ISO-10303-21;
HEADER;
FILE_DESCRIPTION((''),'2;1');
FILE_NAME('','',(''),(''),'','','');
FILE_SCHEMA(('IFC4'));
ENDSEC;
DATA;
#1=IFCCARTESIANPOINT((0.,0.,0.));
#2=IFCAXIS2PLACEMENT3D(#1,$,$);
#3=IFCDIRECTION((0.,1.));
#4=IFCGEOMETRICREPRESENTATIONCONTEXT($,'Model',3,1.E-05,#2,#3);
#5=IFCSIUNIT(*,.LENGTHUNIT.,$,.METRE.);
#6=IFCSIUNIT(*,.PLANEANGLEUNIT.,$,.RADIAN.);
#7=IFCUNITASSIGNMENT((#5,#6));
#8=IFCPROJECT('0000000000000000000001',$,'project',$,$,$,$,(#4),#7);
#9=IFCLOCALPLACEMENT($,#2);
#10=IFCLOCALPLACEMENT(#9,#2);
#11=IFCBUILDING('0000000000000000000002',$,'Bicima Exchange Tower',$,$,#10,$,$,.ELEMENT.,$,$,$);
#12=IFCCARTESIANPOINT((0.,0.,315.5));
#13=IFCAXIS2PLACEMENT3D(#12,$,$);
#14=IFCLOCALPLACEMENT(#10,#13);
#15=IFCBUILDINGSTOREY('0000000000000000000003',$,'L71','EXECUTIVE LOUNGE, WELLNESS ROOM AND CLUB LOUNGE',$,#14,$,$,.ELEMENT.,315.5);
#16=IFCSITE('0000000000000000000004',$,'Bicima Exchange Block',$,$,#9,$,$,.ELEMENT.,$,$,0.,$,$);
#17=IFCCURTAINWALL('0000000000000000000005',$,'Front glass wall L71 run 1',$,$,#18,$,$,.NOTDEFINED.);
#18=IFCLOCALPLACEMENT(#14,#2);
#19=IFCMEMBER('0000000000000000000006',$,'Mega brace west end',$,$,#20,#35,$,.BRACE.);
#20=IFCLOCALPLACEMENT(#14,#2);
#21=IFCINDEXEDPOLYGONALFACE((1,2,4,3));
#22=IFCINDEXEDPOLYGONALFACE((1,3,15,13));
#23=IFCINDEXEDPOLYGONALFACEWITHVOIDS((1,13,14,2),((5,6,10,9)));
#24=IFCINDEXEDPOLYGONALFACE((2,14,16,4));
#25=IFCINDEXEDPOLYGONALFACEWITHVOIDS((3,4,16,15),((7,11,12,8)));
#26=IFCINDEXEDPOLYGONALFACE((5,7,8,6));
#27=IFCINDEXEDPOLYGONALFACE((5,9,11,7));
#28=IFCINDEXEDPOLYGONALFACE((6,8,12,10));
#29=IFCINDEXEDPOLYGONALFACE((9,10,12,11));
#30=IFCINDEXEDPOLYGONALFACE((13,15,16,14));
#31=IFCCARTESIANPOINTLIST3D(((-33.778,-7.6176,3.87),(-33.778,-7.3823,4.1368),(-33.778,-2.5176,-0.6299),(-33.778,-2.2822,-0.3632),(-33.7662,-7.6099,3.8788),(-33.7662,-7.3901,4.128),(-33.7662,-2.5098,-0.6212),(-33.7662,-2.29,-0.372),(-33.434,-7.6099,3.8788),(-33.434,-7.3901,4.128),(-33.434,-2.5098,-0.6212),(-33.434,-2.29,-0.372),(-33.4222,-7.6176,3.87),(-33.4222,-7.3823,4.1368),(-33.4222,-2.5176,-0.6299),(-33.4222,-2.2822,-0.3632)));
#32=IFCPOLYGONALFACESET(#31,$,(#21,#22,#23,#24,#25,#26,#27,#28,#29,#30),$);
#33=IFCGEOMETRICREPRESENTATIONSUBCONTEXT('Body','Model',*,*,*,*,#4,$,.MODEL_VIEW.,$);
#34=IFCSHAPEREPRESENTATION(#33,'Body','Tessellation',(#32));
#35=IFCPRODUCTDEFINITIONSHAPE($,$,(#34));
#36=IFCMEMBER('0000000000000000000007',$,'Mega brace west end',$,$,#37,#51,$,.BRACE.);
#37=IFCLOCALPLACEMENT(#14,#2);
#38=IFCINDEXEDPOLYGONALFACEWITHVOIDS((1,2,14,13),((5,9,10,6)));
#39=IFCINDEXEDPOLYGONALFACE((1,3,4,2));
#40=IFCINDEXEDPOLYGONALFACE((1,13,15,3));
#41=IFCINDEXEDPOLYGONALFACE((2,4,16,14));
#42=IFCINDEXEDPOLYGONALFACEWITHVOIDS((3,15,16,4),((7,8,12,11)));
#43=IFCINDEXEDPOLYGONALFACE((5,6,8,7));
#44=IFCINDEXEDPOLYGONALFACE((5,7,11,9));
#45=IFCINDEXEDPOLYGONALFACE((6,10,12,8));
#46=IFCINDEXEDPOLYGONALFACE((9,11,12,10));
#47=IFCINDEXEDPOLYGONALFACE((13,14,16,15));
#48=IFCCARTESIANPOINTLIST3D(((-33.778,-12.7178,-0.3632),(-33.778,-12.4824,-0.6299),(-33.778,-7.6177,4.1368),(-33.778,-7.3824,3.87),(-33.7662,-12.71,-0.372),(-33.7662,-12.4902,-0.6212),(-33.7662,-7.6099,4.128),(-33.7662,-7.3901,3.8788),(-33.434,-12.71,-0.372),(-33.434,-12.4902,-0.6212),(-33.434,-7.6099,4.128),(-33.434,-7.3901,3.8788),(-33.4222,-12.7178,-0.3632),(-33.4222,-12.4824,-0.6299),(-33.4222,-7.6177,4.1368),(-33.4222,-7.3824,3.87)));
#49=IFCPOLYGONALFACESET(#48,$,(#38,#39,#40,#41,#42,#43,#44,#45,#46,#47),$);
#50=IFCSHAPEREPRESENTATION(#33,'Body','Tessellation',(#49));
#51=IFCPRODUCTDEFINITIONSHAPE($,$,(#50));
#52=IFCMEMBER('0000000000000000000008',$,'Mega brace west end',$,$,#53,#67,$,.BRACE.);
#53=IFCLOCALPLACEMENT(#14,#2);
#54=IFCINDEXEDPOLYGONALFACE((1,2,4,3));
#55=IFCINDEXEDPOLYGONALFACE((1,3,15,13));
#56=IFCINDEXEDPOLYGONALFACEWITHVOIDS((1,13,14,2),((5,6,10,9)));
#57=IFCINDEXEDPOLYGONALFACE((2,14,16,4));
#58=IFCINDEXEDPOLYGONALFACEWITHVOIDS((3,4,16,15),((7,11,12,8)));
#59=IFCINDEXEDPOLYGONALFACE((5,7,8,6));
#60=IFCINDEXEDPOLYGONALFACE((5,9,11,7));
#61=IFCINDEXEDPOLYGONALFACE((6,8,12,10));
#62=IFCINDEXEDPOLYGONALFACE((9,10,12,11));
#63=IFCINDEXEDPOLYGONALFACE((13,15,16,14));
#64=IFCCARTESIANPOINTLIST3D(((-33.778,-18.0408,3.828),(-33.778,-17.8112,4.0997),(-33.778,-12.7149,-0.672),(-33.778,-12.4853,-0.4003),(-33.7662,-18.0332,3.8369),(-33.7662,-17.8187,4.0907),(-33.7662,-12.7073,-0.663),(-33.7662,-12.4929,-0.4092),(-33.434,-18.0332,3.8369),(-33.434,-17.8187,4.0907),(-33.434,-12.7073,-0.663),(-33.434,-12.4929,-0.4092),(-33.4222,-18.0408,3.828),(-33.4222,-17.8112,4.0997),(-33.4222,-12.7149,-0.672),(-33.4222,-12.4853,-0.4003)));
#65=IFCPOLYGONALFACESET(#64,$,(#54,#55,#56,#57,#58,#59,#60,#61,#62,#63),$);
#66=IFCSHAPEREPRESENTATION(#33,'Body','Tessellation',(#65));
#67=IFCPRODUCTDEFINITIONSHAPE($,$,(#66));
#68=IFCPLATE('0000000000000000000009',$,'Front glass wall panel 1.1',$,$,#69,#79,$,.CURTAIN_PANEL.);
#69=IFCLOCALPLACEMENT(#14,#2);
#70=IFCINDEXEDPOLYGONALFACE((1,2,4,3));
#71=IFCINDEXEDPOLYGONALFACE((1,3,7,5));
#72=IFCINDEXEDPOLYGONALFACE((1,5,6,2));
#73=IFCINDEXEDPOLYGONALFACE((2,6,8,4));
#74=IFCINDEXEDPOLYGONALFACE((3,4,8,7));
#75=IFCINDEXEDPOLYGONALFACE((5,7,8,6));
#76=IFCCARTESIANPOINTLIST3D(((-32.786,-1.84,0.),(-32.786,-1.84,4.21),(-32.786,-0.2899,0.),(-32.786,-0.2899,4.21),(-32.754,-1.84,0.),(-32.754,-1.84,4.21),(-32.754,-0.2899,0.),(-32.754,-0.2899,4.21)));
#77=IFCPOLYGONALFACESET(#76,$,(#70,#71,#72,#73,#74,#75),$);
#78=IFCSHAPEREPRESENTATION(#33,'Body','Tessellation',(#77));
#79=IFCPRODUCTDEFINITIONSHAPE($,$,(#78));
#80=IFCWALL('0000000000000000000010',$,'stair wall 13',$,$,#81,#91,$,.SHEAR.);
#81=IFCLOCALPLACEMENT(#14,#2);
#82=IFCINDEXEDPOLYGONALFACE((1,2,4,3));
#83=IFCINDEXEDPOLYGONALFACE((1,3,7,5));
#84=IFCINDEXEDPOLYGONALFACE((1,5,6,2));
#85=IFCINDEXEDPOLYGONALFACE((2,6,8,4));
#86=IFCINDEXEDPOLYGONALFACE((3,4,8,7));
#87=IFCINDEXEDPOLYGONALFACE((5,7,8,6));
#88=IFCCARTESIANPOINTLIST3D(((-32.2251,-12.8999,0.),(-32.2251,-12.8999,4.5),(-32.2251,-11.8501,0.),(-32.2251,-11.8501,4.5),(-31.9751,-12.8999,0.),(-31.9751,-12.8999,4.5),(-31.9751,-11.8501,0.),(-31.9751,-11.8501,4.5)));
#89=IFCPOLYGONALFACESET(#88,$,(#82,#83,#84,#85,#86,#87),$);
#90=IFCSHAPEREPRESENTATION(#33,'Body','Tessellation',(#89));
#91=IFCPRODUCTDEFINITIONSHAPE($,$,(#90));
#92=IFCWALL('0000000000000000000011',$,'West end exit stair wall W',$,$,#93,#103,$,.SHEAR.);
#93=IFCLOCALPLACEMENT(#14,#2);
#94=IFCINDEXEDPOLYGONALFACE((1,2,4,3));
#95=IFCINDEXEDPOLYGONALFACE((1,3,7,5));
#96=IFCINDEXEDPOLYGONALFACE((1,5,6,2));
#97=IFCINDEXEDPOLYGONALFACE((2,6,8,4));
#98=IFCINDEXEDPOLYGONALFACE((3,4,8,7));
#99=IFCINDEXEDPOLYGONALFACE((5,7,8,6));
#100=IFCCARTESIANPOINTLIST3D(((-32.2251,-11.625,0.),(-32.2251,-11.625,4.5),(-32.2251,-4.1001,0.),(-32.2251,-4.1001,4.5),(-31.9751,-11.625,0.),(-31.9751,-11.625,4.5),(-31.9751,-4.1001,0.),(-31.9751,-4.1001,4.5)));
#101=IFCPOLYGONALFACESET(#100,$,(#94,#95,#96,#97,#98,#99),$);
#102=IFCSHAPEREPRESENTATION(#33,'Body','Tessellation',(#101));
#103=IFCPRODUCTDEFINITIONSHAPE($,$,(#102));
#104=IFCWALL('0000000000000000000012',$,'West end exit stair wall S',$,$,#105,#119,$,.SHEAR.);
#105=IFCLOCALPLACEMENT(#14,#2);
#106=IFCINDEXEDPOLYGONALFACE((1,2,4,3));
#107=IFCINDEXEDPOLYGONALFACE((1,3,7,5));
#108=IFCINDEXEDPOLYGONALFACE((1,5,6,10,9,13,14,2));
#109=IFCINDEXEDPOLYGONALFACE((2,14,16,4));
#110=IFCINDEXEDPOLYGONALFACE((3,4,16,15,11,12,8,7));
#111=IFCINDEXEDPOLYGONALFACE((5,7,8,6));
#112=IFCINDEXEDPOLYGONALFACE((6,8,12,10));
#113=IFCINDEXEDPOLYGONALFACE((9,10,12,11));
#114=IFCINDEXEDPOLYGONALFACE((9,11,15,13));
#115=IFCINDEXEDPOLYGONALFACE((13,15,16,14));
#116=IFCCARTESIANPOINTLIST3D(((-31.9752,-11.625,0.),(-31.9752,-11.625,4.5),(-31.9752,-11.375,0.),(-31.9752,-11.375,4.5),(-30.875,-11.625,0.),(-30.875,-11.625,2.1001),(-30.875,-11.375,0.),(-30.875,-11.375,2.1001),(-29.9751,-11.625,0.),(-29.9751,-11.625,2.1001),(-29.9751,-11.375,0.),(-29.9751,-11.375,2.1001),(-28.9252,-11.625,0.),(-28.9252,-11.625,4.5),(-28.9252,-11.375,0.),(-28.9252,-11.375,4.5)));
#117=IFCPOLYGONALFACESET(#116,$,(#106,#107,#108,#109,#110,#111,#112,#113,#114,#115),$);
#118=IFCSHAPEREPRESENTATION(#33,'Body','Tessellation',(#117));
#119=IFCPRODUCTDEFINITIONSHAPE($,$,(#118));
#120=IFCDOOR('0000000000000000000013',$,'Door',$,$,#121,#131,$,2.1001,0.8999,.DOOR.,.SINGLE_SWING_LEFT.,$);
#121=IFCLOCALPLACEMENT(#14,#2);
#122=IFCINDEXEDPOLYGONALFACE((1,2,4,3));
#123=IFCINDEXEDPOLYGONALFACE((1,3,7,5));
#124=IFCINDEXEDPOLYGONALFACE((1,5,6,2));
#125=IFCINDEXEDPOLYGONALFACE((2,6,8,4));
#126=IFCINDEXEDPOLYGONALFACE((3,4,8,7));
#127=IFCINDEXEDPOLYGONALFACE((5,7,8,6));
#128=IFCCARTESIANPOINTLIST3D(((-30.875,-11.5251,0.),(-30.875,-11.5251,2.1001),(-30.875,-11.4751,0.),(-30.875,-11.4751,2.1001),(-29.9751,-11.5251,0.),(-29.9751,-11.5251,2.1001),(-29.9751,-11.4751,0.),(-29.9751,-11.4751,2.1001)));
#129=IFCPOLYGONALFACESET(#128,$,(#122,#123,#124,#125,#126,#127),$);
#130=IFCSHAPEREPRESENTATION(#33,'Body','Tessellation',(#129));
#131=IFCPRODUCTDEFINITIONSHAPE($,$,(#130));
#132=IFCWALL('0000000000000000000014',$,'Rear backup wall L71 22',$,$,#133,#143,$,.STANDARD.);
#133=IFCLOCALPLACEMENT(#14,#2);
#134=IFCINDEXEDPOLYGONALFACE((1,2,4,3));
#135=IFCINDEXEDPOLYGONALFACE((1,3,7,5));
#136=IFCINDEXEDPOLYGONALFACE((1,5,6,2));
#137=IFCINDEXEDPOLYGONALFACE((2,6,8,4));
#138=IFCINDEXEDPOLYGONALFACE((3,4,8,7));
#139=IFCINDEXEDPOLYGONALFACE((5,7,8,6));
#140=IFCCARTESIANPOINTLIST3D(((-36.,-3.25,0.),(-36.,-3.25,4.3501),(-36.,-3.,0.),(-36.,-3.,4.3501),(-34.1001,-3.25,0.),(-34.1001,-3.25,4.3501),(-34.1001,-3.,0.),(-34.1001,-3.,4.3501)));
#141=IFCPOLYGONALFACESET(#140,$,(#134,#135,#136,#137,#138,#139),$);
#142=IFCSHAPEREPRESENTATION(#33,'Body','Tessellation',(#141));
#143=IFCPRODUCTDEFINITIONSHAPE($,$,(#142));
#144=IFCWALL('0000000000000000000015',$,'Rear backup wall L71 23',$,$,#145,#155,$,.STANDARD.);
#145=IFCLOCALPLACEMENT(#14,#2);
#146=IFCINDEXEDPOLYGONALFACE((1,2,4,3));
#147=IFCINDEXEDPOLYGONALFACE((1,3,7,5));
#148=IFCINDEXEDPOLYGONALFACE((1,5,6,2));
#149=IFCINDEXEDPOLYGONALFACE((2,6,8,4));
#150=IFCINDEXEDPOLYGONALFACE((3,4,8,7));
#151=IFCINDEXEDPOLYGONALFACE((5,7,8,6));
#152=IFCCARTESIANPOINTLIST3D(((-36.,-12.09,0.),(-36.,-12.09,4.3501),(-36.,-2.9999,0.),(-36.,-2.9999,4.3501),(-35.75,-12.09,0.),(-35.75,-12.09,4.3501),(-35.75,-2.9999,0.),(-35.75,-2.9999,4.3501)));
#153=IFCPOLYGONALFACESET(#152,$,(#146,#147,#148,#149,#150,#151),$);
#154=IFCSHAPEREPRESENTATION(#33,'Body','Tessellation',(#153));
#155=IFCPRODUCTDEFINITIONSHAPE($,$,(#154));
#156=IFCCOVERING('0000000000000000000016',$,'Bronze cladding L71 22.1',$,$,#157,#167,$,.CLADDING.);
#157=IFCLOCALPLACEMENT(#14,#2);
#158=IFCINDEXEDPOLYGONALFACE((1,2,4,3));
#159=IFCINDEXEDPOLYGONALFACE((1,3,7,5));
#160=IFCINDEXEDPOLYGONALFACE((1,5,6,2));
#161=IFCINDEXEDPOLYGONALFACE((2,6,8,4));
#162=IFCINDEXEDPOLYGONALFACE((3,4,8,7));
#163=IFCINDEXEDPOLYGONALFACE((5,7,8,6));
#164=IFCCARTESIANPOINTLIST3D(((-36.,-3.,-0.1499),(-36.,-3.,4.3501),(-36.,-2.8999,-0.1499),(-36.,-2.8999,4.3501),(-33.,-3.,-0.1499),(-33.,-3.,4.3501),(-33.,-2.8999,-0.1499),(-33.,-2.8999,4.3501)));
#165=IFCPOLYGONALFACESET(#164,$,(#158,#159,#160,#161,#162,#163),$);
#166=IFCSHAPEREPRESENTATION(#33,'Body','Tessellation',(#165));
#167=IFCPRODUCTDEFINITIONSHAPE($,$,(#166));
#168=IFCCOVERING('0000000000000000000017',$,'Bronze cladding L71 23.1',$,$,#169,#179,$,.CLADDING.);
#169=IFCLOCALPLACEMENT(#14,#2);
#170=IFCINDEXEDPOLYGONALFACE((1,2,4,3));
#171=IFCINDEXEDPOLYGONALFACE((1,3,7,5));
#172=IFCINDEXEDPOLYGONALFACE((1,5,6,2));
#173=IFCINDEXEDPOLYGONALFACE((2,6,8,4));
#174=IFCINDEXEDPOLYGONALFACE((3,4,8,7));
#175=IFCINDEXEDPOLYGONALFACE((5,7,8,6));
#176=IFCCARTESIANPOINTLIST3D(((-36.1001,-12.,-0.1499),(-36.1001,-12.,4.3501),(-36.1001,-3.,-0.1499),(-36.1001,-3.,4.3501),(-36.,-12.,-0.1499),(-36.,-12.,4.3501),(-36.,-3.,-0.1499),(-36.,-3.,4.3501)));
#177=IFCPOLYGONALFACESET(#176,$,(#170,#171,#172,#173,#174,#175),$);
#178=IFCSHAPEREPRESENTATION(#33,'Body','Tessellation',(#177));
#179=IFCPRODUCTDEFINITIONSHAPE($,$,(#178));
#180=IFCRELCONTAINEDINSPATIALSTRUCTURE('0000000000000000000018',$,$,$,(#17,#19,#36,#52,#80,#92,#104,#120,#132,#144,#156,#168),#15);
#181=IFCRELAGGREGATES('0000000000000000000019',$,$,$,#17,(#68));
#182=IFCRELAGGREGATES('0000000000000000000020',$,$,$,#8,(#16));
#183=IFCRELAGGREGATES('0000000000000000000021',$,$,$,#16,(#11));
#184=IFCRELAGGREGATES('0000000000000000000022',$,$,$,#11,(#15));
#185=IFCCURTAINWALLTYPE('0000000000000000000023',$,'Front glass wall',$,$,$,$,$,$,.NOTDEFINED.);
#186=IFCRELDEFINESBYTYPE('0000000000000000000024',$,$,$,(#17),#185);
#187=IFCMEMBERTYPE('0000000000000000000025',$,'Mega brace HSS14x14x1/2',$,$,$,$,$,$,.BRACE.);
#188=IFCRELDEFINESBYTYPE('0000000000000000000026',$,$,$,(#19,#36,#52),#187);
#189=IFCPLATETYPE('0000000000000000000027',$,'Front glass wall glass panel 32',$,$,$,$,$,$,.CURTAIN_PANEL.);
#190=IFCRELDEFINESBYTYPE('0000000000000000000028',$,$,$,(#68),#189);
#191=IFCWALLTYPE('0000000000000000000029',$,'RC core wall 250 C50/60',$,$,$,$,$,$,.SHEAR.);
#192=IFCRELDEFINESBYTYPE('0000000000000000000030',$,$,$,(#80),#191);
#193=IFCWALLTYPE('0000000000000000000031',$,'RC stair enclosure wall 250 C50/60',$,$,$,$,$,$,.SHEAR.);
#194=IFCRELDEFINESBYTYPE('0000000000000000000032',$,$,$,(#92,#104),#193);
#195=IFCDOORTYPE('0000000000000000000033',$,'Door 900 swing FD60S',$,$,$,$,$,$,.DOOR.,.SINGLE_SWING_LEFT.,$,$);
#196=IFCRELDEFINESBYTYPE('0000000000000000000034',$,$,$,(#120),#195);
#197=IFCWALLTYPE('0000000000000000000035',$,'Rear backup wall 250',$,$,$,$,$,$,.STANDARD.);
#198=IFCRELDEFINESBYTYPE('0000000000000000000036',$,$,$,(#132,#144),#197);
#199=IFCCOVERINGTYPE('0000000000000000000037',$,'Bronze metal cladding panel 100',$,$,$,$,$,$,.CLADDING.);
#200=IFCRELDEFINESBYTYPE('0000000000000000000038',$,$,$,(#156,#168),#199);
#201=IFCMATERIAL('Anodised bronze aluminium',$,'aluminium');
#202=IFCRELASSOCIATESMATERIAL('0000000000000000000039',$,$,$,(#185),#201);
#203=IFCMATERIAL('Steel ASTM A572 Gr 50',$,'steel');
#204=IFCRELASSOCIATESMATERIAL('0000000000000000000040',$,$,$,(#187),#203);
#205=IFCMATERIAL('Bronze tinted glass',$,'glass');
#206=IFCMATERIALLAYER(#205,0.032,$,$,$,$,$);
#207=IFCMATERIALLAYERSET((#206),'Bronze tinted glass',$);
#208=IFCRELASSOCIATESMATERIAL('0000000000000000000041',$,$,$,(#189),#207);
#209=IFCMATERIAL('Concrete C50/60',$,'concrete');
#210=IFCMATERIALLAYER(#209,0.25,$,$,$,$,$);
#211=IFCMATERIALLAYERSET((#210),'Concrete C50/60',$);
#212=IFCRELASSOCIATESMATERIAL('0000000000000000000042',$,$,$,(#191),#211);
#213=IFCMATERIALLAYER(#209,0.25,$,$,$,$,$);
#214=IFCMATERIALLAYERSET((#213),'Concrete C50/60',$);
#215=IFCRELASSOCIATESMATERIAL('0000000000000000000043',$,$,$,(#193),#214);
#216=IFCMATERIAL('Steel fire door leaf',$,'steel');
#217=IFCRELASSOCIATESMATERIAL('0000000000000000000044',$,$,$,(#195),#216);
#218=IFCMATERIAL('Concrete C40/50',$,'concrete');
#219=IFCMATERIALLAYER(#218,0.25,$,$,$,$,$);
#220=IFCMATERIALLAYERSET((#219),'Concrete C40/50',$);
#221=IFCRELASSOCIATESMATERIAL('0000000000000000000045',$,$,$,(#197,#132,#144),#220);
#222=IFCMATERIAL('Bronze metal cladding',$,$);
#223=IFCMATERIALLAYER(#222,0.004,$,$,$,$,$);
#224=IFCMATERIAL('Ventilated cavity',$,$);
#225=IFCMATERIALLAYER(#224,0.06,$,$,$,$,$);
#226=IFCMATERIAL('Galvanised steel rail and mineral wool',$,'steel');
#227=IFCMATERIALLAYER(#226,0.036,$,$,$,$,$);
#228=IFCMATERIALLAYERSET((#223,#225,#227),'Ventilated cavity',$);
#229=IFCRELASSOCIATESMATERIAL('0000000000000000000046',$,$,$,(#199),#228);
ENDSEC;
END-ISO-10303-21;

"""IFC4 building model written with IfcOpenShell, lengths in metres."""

from ifc_helpers import new_model, si_unit, direction, frame, frame_2d, origin, origin_2d, place, context, subcontext, project, spatial, rectangle, hollow_rectangle, extrude, material, layer, layer_set, layer_usage, material_profile, profile_set, type_object, element, fill, aggregate, save


model = new_model("IFC4")

# Units and contexts
model_context = context("Model", 3, precision=1e-05, world=origin(), true_north=direction((0.0, 1.0)))
body_context = subcontext(model_context, "Body", "Model", "MODEL_VIEW")
ifc_project = project(units=[si_unit("LENGTHUNIT", "METRE"), si_unit("PLANEANGLEUNIT", "RADIAN")], contexts=[model_context])

# Site, building, storey
site_placement = place(None, origin())
site = spatial("IfcSite", under=ifc_project, at=site_placement, Name="Bicima Exchange Block", CompositionType="ELEMENT", RefElevation=0.0)
building_placement = place(site_placement, origin())
building = spatial("IfcBuilding", under=site, at=building_placement, Name="Bicima Exchange Tower", CompositionType="ELEMENT")
storey_placement = place(building_placement, frame((0.0, 0.0, 315.5)))
storey = spatial("IfcBuildingStorey", under=building, at=storey_placement, Name="L71", Description="EXECUTIVE LOUNGE, WELLNESS ROOM AND CLUB LOUNGE", CompositionType="ELEMENT", Elevation=315.5)

# Shared definitions
ifc_material_1 = material(Name="Steel ASTM A572 Gr 50", Category="steel")

# Shared definitions
ifc_material_2 = material(Name="Anodised bronze aluminium", Category="aluminium")

# Curtain wall
curtain_wall_type_1 = type_object("IfcCurtainWallType", Name="Front glass wall", PredefinedType="NOTDEFINED", material=ifc_material_2)
curtain_wall_1_placement = place(storey_placement, origin())
curtain_wall_1 = element("IfcCurtainWall", 1, at=curtain_wall_1_placement, inside=storey, type_object=curtain_wall_type_1, Name="Front glass wall L71 run 1", PredefinedType="NOTDEFINED")

# Members
ifc_material_profile_1 = material_profile(ifc_material_1, hollow_rectangle(XDim=0.3557, YDim=0.3557, WallThickness=0.0117, at=origin_2d()))
ifc_profile_set_1 = profile_set([ifc_material_profile_1], Name="Steel ASTM A572 Gr 50")
member_type_1 = type_object("IfcMemberType", Name="Mega brace HSS14x14x1/2", PredefinedType="BRACE", material=ifc_profile_set_1)
for number, where, z_axis, x_axis, name in (
    (2, (-33.6001, -2.3999, -0.4966), (0.0, -0.749844, 0.661615), (1.0, 0.0, 0.0), "Mega brace west end"),
    (3, (-33.6001, -12.6001, -0.4966), (0.0, 0.749844, 0.661615), (-1.0, 0.0, 0.0), "Mega brace west end"),
):
    element("IfcMember", number, at=place(storey_placement, frame(where, z_axis=z_axis, x_axis=x_axis)), inside=storey, type_object=member_type_1, Name=name, PredefinedType="BRACE", context=body_context, shape_type="SweptSolid", body=[
        extrude(hollow_rectangle(XDim=0.3557, YDim=0.3557, WallThickness=0.0117, at=origin_2d()), origin(), (0.0, 0.0, 1.0), 6.8015),
    ])
member_1_placement = place(storey_placement, frame((-33.6001, -12.6001, -0.5361), z_axis=(0.0, -0.76385, 0.645394), x_axis=(1.0, 0.0, 0.0)))
element("IfcMember", 4, at=member_1_placement, inside=storey, type_object=member_type_1, Name="Mega brace west end", PredefinedType="BRACE", context=body_context, shape_type="SweptSolid", body=[
    extrude(hollow_rectangle(XDim=0.3557, YDim=0.3557, WallThickness=0.0117, at=origin_2d()), origin(), (0.0, 0.0, 1.0), 6.9724),
])

# Plate
ifc_material_3 = material(Name="Bronze tinted glass", Category="glass")
ifc_layer_1 = layer(ifc_material_3, 0.032)
ifc_layer_set_1 = layer_set([ifc_layer_1], Name="Bronze tinted glass")
plate_type = type_object("IfcPlateType", Name="Front glass wall glass panel 32", PredefinedType="CURTAIN_PANEL", material=ifc_layer_set_1)
plate_placement = place(storey_placement, frame((-32.77, -1.0649, 0.0), z_axis=(0.0, 0.0, 1.0), x_axis=(0.0, -1.0, 0.0)))
plate = element("IfcPlate", 5, at=plate_placement, type_object=plate_type, Name="Front glass wall panel 1.1", PredefinedType="CURTAIN_PANEL", context=body_context, shape_type="SweptSolid", body=[
    extrude(rectangle(XDim=1.55, YDim=0.032, at=origin_2d()), origin(), (0.0, 0.0, 1.0), 4.21),
])
aggregate(curtain_wall_1, [plate])

# Walls
ifc_material_4 = material(Name="Concrete C50/60", Category="concrete")
ifc_layer_2 = layer(ifc_material_4, 0.25)
ifc_layer_set_2 = layer_set([ifc_layer_2], Name="Concrete C50/60")
wall_type_1 = type_object("IfcWallType", Name="RC core wall 250 C50/60", PredefinedType="SHEAR", material=ifc_layer_set_2)
wall_1_placement = place(storey_placement, frame((-32.1001, -12.8999, 0.0), z_axis=(0.0, 0.0, 1.0), x_axis=(0.0, 1.0, 0.0)))
element("IfcWall", 6, at=wall_1_placement, inside=storey, type_object=wall_type_1, Name="stair wall 13", PredefinedType="SHEAR", context=body_context, shape_type="SweptSolid", body=[
    extrude(rectangle(XDim=1.0498, YDim=0.25, at=frame_2d((0.5249, 0.0))), origin(), (0.0, 0.0, 1.0), 4.5),
])
ifc_layer_3 = layer(ifc_material_4, 0.25)
ifc_layer_set_3 = layer_set([ifc_layer_3], Name="Concrete C50/60")
wall_type_2 = type_object("IfcWallType", Name="RC stair enclosure wall 250 C50/60", PredefinedType="SHEAR", material=ifc_layer_set_3)
wall_2_placement = place(storey_placement, frame((-32.1001, -11.625, 0.0), z_axis=(0.0, 0.0, 1.0), x_axis=(0.0, 1.0, 0.0)))
element("IfcWall", 7, at=wall_2_placement, inside=storey, type_object=wall_type_2, Name="West end exit stair wall W", PredefinedType="SHEAR", context=body_context, shape_type="SweptSolid", body=[
    extrude(rectangle(XDim=7.5249, YDim=0.25, at=frame_2d((3.7625, 0.0))), origin(), (0.0, 0.0, 1.0), 4.5),
])

# Wall, opening, door
wall_3_placement = place(storey_placement, frame((-31.9751, -11.5, 0.0), z_axis=(0.0, 0.0, 1.0), x_axis=(1.0, 0.0, 0.0)))
wall_3 = element("IfcWall", 8, at=wall_3_placement, inside=storey, type_object=wall_type_2, Name="West end exit stair wall S", PredefinedType="SHEAR", context=body_context, shape_type="SweptSolid", body=[
    extrude(rectangle(XDim=3.05, YDim=0.25, at=frame_2d((1.5249, 0.0))), origin(), (0.0, 0.0, 1.0), 4.5),
])
opening_placement = place(wall_3_placement, frame((1.1001, 0.0, 0.0)))
opening = element("IfcOpeningElement", 9, at=opening_placement, cuts=wall_3, PredefinedType="OPENING", context=body_context, shape_type="SweptSolid", body=[
    extrude(rectangle(XDim=0.8999, YDim=2.1001, at=frame_2d((0.45, 1.05))), frame((0.0, 0.137, 0.0), z_axis=(0.0, -1.0, 0.0), x_axis=(1.0, 0.0, 0.0)), (0.0, 0.0, 1.0), 0.2739),
])
ifc_material_5 = material(Name="Steel fire door leaf", Category="steel")
door_type = type_object("IfcDoorType", Name="Door 900 swing FD60S", OperationType="SINGLE_SWING_LEFT", PredefinedType="DOOR", material=ifc_material_5)
door_placement = place(opening_placement, origin())
door = element("IfcDoor", 10, at=door_placement, inside=storey, type_object=door_type, Name="Door", OperationType="SINGLE_SWING_LEFT", OverallHeight=2.1001, OverallWidth=0.8999, PredefinedType="DOOR", context=body_context, shape_type="SweptSolid", body=[
    extrude(rectangle(XDim=0.8999, YDim=2.1001, at=frame_2d((0.45, 1.05))), frame((0.0, 0.0249, 0.0), z_axis=(0.0, -1.0, 0.0), x_axis=(1.0, 0.0, 0.0)), (0.0, 0.0, 1.0), 0.05),
])
fill(opening, door)

# Walls
ifc_material_6 = material(Name="Concrete C40/50", Category="concrete")
ifc_layer_4 = layer(ifc_material_6, 0.25)
ifc_layer_set_4 = layer_set([ifc_layer_4], Name="Concrete C40/50")
ifc_layer_usage = layer_usage(ifc_layer_set_4, "AXIS2", "POSITIVE", -0.125)
wall_type_3 = type_object("IfcWallType", Name="Rear backup wall 250", PredefinedType="STANDARD", material=ifc_layer_set_4)
wall_4_placement = place(storey_placement, frame((-34.1001, -3.125, 0.0), z_axis=(0.0, 0.0, 1.0), x_axis=(-1.0, 0.0, 0.0)))
element("IfcWall", 11, at=wall_4_placement, inside=storey, type_object=wall_type_3, material=ifc_layer_usage, Name="Rear backup wall L71 22", PredefinedType="STANDARD", context=body_context, shape_type="SweptSolid", body=[
    extrude(rectangle(XDim=1.8999, YDim=0.25, at=frame_2d((0.95, 0.0))), origin(), (0.0, 0.0, 1.0), 4.3501),
])
wall_5_placement = place(storey_placement, frame((-35.875, -3.0, 0.0), z_axis=(0.0, 0.0, 1.0), x_axis=(0.0, -1.0, 0.0)))
element("IfcWall", 12, at=wall_5_placement, inside=storey, type_object=wall_type_3, material=ifc_layer_usage, Name="Rear backup wall L71 23", PredefinedType="STANDARD", context=body_context, shape_type="SweptSolid", body=[
    extrude(rectangle(XDim=9.0901, YDim=0.25, at=frame_2d((4.5449, 0.0))), origin(), (0.0, 0.0, 1.0), 4.3501),
])

# Coverings
ifc_material_7 = material(Name="Bronze metal cladding")
ifc_layer_5 = layer(ifc_material_7, 0.004)
ifc_material_8 = material(Name="Ventilated cavity")
ifc_layer_6 = layer(ifc_material_8, 0.06)
ifc_material_9 = material(Name="Galvanised steel rail and mineral wool", Category="steel")
ifc_layer_7 = layer(ifc_material_9, 0.036)
ifc_layer_set_5 = layer_set([ifc_layer_5, ifc_layer_6, ifc_layer_7], Name="Ventilated cavity")
covering_type = type_object("IfcCoveringType", Name="Bronze metal cladding panel 100", PredefinedType="CLADDING", material=ifc_layer_set_5)
covering_1_placement = place(storey_placement, frame((-34.5, -2.95, -0.1499), z_axis=(0.0, 0.0, 1.0), x_axis=(-1.0, 0.0, 0.0)))
element("IfcCovering", 13, at=covering_1_placement, inside=storey, type_object=covering_type, Name="Bronze cladding L71 22.1", PredefinedType="CLADDING", context=body_context, shape_type="SweptSolid", body=[
    extrude(rectangle(XDim=3.0, YDim=0.1001, at=origin_2d()), origin(), (0.0, 0.0, 1.0), 4.5),
])
covering_2_placement = place(storey_placement, frame((-36.05, -7.5, -0.1499), z_axis=(0.0, 0.0, 1.0), x_axis=(0.0, -1.0, 0.0)))
element("IfcCovering", 14, at=covering_2_placement, inside=storey, type_object=covering_type, Name="Bronze cladding L71 23.1", PredefinedType="CLADDING", context=body_context, shape_type="SweptSolid", body=[
    extrude(rectangle(XDim=9.0, YDim=0.1001, at=origin_2d()), origin(), (0.0, 0.0, 1.0), 4.5),
])

save(model, "model.ifc")
